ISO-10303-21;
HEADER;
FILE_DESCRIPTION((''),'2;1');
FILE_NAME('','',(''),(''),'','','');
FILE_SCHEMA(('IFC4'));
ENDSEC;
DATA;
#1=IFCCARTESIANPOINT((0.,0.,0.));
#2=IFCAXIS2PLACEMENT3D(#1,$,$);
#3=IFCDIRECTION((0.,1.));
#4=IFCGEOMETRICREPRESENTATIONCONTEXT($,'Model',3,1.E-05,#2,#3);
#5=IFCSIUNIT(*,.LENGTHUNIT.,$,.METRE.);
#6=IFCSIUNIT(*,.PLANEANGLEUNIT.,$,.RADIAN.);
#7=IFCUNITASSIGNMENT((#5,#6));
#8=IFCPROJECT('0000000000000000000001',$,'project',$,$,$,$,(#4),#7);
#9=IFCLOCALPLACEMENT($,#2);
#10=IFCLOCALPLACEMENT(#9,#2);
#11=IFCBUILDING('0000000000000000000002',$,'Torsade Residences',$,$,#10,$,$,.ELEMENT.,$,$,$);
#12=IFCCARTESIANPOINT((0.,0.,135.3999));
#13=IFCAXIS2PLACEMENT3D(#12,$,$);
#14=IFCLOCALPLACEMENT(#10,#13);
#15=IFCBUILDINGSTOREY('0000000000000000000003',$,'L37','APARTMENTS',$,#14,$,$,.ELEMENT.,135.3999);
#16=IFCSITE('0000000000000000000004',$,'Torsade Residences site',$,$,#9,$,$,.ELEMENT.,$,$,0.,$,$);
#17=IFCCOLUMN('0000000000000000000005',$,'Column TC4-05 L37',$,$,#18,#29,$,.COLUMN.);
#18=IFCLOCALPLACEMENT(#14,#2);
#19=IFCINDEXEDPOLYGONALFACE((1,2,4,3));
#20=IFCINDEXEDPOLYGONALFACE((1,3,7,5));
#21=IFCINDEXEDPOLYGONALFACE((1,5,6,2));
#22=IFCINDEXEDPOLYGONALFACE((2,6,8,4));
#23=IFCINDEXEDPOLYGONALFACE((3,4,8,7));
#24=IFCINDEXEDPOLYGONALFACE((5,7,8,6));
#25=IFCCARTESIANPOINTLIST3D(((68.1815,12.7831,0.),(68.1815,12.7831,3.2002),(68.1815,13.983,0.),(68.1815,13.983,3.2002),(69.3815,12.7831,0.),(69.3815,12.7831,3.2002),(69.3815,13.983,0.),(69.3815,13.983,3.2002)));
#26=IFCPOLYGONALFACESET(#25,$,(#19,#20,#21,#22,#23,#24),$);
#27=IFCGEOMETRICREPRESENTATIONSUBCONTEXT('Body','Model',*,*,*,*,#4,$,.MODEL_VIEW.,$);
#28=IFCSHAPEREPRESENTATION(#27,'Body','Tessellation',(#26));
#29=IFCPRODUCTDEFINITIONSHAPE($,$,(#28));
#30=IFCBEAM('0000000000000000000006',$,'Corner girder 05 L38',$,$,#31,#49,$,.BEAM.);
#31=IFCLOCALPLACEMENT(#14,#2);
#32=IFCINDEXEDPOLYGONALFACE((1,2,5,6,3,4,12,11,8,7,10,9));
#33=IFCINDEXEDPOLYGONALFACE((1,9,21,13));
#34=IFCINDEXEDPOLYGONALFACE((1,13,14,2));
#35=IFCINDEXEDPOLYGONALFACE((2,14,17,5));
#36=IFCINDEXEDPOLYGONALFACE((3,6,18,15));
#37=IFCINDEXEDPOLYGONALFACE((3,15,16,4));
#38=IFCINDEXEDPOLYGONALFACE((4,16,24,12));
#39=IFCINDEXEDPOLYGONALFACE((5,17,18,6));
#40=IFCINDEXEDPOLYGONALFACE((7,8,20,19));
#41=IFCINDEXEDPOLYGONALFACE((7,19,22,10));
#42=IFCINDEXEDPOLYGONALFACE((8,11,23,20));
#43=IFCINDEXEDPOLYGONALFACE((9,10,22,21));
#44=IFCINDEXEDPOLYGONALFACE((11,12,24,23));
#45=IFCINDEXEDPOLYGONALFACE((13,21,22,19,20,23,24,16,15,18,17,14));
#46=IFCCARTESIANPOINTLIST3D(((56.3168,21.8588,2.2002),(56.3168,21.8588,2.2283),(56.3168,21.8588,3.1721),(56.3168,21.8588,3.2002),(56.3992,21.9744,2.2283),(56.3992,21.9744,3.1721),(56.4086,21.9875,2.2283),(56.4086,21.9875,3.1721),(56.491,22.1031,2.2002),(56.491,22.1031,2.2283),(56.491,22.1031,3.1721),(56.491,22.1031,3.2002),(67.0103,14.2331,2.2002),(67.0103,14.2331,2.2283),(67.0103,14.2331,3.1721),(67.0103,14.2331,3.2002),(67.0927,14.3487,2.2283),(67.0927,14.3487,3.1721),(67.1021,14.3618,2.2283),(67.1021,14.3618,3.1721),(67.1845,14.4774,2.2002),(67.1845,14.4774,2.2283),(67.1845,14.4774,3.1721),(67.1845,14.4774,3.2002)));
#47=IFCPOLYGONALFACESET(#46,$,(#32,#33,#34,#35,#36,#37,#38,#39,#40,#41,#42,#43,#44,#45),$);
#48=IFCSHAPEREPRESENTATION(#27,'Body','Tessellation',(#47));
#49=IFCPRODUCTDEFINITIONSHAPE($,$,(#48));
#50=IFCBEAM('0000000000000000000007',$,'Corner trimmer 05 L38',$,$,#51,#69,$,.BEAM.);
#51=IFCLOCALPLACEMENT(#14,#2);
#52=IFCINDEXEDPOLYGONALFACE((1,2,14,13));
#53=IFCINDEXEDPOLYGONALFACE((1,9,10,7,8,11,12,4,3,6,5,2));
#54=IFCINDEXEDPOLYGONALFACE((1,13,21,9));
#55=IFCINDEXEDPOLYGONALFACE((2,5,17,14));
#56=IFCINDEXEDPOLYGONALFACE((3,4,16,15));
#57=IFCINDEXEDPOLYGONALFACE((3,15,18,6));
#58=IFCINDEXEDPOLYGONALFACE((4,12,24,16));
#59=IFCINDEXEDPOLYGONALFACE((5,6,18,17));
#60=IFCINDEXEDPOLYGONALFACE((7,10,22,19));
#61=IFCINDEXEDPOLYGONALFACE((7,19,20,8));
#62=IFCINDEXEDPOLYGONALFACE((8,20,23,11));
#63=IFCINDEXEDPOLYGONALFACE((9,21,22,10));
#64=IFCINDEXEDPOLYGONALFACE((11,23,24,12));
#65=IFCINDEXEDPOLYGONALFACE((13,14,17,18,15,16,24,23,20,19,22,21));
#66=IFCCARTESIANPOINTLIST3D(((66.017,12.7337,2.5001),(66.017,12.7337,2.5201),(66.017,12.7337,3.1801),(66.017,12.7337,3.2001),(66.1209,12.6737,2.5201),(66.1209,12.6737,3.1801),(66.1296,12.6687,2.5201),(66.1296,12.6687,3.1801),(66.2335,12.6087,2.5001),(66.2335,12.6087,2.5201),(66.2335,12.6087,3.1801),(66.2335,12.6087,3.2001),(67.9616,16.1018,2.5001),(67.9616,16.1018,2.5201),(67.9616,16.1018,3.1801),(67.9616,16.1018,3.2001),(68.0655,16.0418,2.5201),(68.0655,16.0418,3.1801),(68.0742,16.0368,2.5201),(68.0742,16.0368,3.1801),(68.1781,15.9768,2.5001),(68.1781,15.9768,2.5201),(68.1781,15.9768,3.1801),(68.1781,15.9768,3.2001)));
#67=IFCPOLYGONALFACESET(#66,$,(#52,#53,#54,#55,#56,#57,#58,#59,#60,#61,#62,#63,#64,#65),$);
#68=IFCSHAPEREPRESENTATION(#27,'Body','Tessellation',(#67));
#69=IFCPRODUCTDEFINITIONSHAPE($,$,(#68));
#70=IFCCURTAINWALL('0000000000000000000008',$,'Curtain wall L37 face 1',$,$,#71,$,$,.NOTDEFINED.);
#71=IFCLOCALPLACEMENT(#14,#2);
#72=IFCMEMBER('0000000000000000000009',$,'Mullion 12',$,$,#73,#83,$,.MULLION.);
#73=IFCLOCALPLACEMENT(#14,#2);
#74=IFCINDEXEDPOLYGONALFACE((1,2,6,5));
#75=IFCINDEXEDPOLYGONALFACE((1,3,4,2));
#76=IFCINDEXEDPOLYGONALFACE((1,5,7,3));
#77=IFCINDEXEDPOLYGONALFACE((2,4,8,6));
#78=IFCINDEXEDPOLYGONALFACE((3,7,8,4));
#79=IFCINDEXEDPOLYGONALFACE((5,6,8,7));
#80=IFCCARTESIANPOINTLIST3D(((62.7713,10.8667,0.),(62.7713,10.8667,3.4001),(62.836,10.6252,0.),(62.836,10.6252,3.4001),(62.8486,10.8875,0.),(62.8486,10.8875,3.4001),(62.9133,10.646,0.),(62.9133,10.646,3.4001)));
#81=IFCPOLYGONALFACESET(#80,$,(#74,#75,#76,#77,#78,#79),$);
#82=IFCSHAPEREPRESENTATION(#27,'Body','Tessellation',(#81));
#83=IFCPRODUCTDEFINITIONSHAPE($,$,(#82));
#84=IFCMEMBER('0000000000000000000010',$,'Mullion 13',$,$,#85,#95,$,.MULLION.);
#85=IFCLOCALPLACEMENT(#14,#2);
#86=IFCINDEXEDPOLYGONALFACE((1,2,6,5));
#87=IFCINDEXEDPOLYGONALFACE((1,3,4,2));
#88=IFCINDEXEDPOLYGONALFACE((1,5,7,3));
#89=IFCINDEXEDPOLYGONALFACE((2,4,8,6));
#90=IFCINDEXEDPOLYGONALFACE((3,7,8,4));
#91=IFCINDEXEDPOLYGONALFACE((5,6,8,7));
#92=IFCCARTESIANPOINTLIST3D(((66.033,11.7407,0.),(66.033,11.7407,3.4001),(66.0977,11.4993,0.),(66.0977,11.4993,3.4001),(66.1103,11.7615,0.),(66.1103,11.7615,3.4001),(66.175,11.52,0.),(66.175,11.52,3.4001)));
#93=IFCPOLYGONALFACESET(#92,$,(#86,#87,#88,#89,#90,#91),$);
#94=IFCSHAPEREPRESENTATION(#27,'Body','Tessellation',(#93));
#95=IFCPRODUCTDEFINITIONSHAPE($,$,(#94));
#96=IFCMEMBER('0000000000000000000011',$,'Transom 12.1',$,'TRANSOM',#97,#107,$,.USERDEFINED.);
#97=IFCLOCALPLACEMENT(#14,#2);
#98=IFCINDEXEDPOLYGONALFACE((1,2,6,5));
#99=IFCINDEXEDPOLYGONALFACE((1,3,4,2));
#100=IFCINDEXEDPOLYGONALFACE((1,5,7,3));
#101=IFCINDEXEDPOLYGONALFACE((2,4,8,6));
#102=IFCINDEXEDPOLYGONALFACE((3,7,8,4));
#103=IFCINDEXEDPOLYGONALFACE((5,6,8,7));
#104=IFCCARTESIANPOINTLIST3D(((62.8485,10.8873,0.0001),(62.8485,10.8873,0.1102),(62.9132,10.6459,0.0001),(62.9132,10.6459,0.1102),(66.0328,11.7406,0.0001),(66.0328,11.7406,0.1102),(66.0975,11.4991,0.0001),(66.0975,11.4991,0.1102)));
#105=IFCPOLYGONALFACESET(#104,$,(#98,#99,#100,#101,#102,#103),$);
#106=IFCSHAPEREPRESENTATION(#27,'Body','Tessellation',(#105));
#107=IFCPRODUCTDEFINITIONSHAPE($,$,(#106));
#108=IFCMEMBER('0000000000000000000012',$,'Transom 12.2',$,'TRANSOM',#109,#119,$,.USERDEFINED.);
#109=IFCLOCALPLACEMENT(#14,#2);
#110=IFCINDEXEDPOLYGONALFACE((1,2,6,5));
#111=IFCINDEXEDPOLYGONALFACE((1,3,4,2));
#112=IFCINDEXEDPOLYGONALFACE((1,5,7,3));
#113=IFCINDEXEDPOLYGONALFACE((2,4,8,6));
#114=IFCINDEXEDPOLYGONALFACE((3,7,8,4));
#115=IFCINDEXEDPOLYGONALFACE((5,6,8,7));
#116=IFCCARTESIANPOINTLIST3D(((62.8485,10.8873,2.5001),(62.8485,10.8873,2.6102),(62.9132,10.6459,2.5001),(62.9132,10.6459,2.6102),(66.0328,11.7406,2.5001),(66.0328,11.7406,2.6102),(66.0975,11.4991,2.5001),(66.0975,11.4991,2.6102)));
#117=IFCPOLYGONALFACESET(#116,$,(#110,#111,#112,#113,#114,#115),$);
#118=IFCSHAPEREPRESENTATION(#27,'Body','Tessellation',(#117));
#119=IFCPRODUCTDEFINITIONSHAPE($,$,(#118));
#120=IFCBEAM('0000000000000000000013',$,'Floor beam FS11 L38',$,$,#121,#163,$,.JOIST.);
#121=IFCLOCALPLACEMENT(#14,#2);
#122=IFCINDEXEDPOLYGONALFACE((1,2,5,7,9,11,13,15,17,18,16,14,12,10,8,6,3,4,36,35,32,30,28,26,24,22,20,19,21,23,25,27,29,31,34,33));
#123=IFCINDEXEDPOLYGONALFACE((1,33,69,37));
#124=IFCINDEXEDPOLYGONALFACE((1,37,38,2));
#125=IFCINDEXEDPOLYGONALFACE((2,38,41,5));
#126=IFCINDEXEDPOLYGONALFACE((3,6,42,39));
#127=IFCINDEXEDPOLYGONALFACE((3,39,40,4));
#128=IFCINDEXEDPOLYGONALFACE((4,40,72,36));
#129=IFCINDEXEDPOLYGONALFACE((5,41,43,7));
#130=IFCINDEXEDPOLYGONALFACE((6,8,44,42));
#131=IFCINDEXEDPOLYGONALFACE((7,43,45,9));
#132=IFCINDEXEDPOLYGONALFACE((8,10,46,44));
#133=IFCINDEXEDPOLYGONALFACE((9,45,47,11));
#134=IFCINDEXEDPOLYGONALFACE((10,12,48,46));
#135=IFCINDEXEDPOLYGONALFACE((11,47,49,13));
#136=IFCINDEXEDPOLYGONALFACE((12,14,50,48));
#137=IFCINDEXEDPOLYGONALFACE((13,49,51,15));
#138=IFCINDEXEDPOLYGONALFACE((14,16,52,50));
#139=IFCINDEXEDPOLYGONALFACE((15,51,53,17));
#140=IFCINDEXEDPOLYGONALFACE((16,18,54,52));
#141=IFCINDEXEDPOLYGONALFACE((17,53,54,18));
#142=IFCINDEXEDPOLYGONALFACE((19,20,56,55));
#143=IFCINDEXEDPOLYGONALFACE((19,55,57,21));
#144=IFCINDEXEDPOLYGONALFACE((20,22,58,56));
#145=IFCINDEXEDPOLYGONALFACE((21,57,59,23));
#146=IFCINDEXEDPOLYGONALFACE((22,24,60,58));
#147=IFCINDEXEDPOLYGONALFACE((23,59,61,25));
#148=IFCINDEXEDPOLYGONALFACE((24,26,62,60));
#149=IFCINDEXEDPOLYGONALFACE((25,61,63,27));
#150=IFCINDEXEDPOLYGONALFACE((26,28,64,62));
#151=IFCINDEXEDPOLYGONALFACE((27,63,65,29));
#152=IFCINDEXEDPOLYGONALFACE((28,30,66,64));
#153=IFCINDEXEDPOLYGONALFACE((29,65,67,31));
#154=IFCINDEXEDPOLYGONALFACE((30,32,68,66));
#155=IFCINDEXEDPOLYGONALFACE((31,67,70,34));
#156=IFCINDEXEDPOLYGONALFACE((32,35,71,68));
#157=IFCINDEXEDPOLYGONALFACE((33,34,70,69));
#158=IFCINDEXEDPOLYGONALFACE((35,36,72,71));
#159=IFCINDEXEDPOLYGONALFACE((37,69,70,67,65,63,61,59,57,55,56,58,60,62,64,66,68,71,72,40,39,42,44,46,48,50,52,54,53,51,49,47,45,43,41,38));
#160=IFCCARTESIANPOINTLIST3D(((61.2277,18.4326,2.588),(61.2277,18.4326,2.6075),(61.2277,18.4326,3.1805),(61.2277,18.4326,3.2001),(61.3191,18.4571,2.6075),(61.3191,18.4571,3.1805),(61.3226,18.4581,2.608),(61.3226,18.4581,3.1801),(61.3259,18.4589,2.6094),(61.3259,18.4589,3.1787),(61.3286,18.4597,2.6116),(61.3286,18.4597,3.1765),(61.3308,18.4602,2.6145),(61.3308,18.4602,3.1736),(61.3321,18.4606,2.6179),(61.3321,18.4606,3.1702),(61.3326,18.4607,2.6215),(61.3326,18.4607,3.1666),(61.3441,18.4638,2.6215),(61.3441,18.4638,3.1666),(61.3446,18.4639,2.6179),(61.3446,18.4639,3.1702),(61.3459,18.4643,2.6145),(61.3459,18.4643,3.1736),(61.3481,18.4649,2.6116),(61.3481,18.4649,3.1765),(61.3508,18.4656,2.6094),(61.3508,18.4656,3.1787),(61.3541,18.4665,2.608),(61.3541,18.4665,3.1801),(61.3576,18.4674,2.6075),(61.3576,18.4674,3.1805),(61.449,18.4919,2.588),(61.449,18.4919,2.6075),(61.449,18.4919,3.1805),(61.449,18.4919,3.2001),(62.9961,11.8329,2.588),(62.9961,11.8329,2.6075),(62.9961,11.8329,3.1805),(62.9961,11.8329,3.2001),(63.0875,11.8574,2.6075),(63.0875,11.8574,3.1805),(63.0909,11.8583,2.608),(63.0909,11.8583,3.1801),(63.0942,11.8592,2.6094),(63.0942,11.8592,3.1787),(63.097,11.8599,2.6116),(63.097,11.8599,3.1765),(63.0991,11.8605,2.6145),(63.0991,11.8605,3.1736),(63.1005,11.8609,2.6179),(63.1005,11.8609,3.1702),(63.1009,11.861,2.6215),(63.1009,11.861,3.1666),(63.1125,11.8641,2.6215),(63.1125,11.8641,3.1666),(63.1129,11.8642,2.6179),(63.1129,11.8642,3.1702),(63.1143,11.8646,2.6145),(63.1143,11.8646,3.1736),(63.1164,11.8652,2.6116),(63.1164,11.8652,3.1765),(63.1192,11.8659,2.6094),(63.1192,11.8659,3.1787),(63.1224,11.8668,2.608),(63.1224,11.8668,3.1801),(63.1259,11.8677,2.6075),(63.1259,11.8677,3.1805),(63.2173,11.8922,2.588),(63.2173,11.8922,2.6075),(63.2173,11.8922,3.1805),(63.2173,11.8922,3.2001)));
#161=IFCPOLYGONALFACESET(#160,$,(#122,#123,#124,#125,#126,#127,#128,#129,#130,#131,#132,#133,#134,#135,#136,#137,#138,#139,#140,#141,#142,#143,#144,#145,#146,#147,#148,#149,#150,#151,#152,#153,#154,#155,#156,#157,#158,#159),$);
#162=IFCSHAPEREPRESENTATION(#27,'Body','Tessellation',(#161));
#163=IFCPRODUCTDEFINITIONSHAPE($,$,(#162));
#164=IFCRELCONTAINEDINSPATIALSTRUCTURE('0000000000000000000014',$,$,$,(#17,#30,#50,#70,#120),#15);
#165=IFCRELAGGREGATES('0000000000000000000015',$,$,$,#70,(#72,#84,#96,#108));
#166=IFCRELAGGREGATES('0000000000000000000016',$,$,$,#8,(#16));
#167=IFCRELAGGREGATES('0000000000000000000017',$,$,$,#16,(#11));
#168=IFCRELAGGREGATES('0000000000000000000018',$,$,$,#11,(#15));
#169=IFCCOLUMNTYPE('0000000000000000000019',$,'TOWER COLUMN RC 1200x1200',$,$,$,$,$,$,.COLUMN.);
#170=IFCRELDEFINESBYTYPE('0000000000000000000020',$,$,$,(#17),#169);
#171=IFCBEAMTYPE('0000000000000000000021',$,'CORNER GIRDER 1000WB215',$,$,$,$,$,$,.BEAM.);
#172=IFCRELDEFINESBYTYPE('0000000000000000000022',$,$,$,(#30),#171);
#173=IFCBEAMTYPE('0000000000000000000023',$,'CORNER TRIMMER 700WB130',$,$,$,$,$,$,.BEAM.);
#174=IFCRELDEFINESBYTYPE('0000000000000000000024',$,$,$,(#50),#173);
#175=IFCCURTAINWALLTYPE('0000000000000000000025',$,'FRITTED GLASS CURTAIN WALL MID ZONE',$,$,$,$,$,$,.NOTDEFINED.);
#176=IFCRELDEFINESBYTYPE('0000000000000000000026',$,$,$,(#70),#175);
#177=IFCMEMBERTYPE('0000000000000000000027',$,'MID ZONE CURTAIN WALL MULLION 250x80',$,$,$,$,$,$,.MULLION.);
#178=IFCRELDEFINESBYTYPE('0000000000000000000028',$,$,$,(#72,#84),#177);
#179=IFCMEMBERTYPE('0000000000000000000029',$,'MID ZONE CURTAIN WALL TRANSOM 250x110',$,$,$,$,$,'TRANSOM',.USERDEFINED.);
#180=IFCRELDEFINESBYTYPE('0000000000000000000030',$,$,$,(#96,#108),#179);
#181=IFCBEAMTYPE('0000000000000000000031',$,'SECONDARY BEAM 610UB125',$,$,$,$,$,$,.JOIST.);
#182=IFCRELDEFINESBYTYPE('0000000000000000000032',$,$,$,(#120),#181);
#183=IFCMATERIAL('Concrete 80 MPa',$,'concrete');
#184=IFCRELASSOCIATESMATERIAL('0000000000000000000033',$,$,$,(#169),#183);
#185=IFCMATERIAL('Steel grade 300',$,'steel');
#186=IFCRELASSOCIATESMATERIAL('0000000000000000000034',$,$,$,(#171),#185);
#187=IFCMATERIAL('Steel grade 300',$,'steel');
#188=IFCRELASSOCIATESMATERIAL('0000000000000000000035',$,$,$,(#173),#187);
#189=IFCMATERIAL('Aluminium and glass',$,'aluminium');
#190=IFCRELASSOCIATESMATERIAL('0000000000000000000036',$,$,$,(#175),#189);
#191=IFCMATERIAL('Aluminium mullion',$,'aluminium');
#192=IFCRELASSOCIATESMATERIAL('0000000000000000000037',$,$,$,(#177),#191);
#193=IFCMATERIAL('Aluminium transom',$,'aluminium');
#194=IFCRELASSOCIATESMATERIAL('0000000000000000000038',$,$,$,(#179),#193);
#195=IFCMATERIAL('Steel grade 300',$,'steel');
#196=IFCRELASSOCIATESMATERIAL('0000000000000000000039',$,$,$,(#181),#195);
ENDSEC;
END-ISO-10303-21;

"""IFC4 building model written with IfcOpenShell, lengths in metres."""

from ifc_helpers import new_model, si_unit, direction, frame, origin, origin_2d, place, context, subcontext, project, spatial, rectangle, i_section, extrude, material, material_profile, profile_set, type_object, element, aggregate, save


model = new_model("IFC4")

# Units and contexts
model_context = context("Model", 3, precision=1e-05, world=origin(), true_north=direction((0.0, 1.0)))
body_context = subcontext(model_context, "Body", "Model", "MODEL_VIEW")
ifc_project = project(units=[si_unit("LENGTHUNIT", "METRE"), si_unit("PLANEANGLEUNIT", "RADIAN")], contexts=[model_context])

# Site, building, storey
site_placement = place(None, origin())
site = spatial("IfcSite", under=ifc_project, at=site_placement, Name="Torsade Residences site", CompositionType="ELEMENT", RefElevation=0.0)
building_placement = place(site_placement, origin())
building = spatial("IfcBuilding", under=site, at=building_placement, Name="Torsade Residences", CompositionType="ELEMENT")
storey_placement = place(building_placement, frame((0.0, 0.0, 135.3999)))
storey = spatial("IfcBuildingStorey", under=building, at=storey_placement, Name="L37", Description="APARTMENTS", CompositionType="ELEMENT", Elevation=135.3999)

# Column
ifc_material_1 = material(Name="Concrete 80 MPa", Category="concrete")
ifc_material_profile_1 = material_profile(ifc_material_1, rectangle(XDim=1.2, YDim=1.2, at=origin_2d()), Name="RC 1200x1200")
ifc_profile_set_1 = profile_set([ifc_material_profile_1], Name="Concrete 80 MPa")
column_type = type_object("IfcColumnType", Name="TOWER COLUMN RC 1200x1200", PredefinedType="COLUMN", material=ifc_profile_set_1)
column_placement = place(storey_placement, frame((68.7815, 13.3831, 0.0), z_axis=(0.0, 0.0, 1.0), x_axis=(1.0, 0.0, 0.0)))
element("IfcColumn", 1, at=column_placement, inside=storey, type_object=column_type, Name="Column TC4-05 L37", PredefinedType="COLUMN", context=body_context, shape_type="SweptSolid", body=[
    extrude(rectangle(XDim=1.2, YDim=1.2, at=origin_2d()), origin(), (0.0, 0.0, 1.0), 3.2002),
])

# Beams
ifc_material_2 = material(Name="Steel grade 300", Category="steel")
ifc_material_profile_2 = material_profile(ifc_material_2, i_section(OverallWidth=0.3, OverallDepth=1.0, WebThickness=0.0161, FlangeThickness=0.0281, at=origin_2d()), Name="1000WB215")
ifc_profile_set_2 = profile_set([ifc_material_profile_2], Name="Steel grade 300")
beam_type_1 = type_object("IfcBeamType", Name="CORNER GIRDER 1000WB215", PredefinedType="BEAM", material=ifc_profile_set_2)
beam_1_placement = place(storey_placement, frame((67.0974, 14.3552, 2.7002), z_axis=(-0.814185, 0.580605, 0.0), x_axis=(-0.580605, -0.814185, 0.0)))
element("IfcBeam", 2, at=beam_1_placement, inside=storey, type_object=beam_type_1, Name="Corner girder 05 L38", PredefinedType="BEAM", context=body_context, shape_type="SweptSolid", body=[
    extrude(i_section(OverallWidth=0.3, OverallDepth=1.0, WebThickness=0.0161, FlangeThickness=0.0281, at=origin_2d()), origin(), (0.0, 0.0, 1.0), 13.134),
])
ifc_material_3 = material(Name="Steel grade 300", Category="steel")
ifc_material_profile_3 = material_profile(ifc_material_3, i_section(OverallWidth=0.25, OverallDepth=0.7, WebThickness=0.01, FlangeThickness=0.02, at=origin_2d()), Name="700WB130")
ifc_profile_set_3 = profile_set([ifc_material_profile_3], Name="Steel grade 300")
beam_type_2 = type_object("IfcBeamType", Name="CORNER TRIMMER 700WB130", PredefinedType="BEAM", material=ifc_profile_set_3)
beam_2_placement = place(storey_placement, frame((68.0698, 16.0393, 2.8501), z_axis=(-0.499994, -0.866029, 0.0), x_axis=(0.866029, -0.499994, 0.0)))
element("IfcBeam", 3, at=beam_2_placement, inside=storey, type_object=beam_type_2, Name="Corner trimmer 05 L38", PredefinedType="BEAM", context=body_context, shape_type="SweptSolid", body=[
    extrude(i_section(OverallWidth=0.25, OverallDepth=0.7, WebThickness=0.01, FlangeThickness=0.02, at=origin_2d()), origin(), (0.0, 0.0, 1.0), 3.8892),
])

# Curtain wall, members
ifc_material_4 = material(Name="Aluminium and glass", Category="aluminium")
curtain_wall_type = type_object("IfcCurtainWallType", Name="FRITTED GLASS CURTAIN WALL MID ZONE", PredefinedType="NOTDEFINED", material=ifc_material_4)
curtain_wall_placement = place(storey_placement, origin())
curtain_wall = element("IfcCurtainWall", 4, at=curtain_wall_placement, inside=storey, type_object=curtain_wall_type, Name="Curtain wall L37 face 1", PredefinedType="NOTDEFINED")
ifc_material_5 = material(Name="Aluminium mullion", Category="aluminium")
ifc_material_profile_4 = material_profile(ifc_material_5, rectangle(XDim=0.25, YDim=0.0801, at=origin_2d()), Name="MID ZONE CURTAIN WALL MULLION 250x80")
ifc_profile_set_4 = profile_set([ifc_material_profile_4], Name="Aluminium mullion")
member_type_1 = type_object("IfcMemberType", Name="MID ZONE CURTAIN WALL MULLION 250x80", PredefinedType="MULLION", material=ifc_profile_set_4)
member_1_placement = place(storey_placement, frame((62.8423, 10.7563, 0.0), z_axis=(0.0, 0.0, 1.0), x_axis=(-0.258819, 0.965926, 0.0)))
member_1 = element("IfcMember", 5, at=member_1_placement, type_object=member_type_1, Name="Mullion 12", PredefinedType="MULLION", context=body_context, shape_type="SweptSolid", body=[
    extrude(rectangle(XDim=0.25, YDim=0.0801, at=origin_2d()), origin(), (0.0, 0.0, 1.0), 3.4001),
])
member_2_placement = place(storey_placement, frame((66.104, 11.6304, 0.0), z_axis=(0.0, 0.0, 1.0), x_axis=(-0.258819, 0.965926, 0.0)))
member_2 = element("IfcMember", 6, at=member_2_placement, type_object=member_type_1, Name="Mullion 13", PredefinedType="MULLION", context=body_context, shape_type="SweptSolid", body=[
    extrude(rectangle(XDim=0.25, YDim=0.0801, at=origin_2d()), origin(), (0.0, 0.0, 1.0), 3.4001),
])
ifc_material_6 = material(Name="Aluminium transom", Category="aluminium")
ifc_material_profile_5 = material_profile(ifc_material_6, rectangle(XDim=0.25, YDim=0.1101, at=origin_2d()), Name="MID ZONE CURTAIN WALL TRANSOM 250x110")
ifc_profile_set_5 = profile_set([ifc_material_profile_5], Name="Aluminium transom")
member_type_2 = type_object("IfcMemberType", Name="MID ZONE CURTAIN WALL TRANSOM 250x110", ElementType="TRANSOM", PredefinedType="USERDEFINED", material=ifc_profile_set_5)
member_3_placement = place(storey_placement, frame((62.8809, 10.7666, 0.0552), z_axis=(0.965923, 0.258829, 0.0), x_axis=(-0.258829, 0.965923, 0.0)))
member_3 = element("IfcMember", 7, at=member_3_placement, type_object=member_type_2, Name="Transom 12.1", ObjectType="TRANSOM", PredefinedType="USERDEFINED", context=body_context, shape_type="SweptSolid", body=[
    extrude(rectangle(XDim=0.25, YDim=0.1101, at=origin_2d()), origin(), (0.0, 0.0, 1.0), 3.2966),
])
member_4_placement = place(storey_placement, frame((62.8809, 10.7666, 2.5552), z_axis=(0.965923, 0.258829, 0.0), x_axis=(-0.258829, 0.965923, 0.0)))
member_4 = element("IfcMember", 8, at=member_4_placement, type_object=member_type_2, Name="Transom 12.2", ObjectType="TRANSOM", PredefinedType="USERDEFINED", context=body_context, shape_type="SweptSolid", body=[
    extrude(rectangle(XDim=0.25, YDim=0.1101, at=origin_2d()), origin(), (0.0, 0.0, 1.0), 3.2966),
])

# Beam
ifc_material_7 = material(Name="Steel grade 300", Category="steel")
ifc_material_profile_6 = material_profile(ifc_material_7, i_section(OverallWidth=0.229, OverallDepth=0.6121, WebThickness=0.012, FlangeThickness=0.0195, FilletRadius=0.0139, at=origin_2d()), Name="610UB125")
ifc_profile_set_6 = profile_set([ifc_material_profile_6], Name="Steel grade 300")
beam_type_3 = type_object("IfcBeamType", Name="SECONDARY BEAM 610UB125", PredefinedType="JOIST", material=ifc_profile_set_6)
beam_3_placement = place(storey_placement, frame((63.1067, 11.8625, 2.894), z_axis=(-0.258812, 0.965928, 0.0), x_axis=(-0.965928, -0.258812, 0.0)))
element("IfcBeam", 9, at=beam_3_placement, inside=storey, type_object=beam_type_3, Name="Floor beam FS11 L38", PredefinedType="JOIST", context=body_context, shape_type="SweptSolid", body=[
    extrude(i_section(OverallWidth=0.229, OverallDepth=0.6121, WebThickness=0.012, FlangeThickness=0.0195, FilletRadius=0.0139, at=origin_2d()), origin(), (0.0, 0.0, 1.0), 6.8325),
])

aggregate(curtain_wall, [member_1, member_2, member_3, member_4])

save(model, "model.ifc")
